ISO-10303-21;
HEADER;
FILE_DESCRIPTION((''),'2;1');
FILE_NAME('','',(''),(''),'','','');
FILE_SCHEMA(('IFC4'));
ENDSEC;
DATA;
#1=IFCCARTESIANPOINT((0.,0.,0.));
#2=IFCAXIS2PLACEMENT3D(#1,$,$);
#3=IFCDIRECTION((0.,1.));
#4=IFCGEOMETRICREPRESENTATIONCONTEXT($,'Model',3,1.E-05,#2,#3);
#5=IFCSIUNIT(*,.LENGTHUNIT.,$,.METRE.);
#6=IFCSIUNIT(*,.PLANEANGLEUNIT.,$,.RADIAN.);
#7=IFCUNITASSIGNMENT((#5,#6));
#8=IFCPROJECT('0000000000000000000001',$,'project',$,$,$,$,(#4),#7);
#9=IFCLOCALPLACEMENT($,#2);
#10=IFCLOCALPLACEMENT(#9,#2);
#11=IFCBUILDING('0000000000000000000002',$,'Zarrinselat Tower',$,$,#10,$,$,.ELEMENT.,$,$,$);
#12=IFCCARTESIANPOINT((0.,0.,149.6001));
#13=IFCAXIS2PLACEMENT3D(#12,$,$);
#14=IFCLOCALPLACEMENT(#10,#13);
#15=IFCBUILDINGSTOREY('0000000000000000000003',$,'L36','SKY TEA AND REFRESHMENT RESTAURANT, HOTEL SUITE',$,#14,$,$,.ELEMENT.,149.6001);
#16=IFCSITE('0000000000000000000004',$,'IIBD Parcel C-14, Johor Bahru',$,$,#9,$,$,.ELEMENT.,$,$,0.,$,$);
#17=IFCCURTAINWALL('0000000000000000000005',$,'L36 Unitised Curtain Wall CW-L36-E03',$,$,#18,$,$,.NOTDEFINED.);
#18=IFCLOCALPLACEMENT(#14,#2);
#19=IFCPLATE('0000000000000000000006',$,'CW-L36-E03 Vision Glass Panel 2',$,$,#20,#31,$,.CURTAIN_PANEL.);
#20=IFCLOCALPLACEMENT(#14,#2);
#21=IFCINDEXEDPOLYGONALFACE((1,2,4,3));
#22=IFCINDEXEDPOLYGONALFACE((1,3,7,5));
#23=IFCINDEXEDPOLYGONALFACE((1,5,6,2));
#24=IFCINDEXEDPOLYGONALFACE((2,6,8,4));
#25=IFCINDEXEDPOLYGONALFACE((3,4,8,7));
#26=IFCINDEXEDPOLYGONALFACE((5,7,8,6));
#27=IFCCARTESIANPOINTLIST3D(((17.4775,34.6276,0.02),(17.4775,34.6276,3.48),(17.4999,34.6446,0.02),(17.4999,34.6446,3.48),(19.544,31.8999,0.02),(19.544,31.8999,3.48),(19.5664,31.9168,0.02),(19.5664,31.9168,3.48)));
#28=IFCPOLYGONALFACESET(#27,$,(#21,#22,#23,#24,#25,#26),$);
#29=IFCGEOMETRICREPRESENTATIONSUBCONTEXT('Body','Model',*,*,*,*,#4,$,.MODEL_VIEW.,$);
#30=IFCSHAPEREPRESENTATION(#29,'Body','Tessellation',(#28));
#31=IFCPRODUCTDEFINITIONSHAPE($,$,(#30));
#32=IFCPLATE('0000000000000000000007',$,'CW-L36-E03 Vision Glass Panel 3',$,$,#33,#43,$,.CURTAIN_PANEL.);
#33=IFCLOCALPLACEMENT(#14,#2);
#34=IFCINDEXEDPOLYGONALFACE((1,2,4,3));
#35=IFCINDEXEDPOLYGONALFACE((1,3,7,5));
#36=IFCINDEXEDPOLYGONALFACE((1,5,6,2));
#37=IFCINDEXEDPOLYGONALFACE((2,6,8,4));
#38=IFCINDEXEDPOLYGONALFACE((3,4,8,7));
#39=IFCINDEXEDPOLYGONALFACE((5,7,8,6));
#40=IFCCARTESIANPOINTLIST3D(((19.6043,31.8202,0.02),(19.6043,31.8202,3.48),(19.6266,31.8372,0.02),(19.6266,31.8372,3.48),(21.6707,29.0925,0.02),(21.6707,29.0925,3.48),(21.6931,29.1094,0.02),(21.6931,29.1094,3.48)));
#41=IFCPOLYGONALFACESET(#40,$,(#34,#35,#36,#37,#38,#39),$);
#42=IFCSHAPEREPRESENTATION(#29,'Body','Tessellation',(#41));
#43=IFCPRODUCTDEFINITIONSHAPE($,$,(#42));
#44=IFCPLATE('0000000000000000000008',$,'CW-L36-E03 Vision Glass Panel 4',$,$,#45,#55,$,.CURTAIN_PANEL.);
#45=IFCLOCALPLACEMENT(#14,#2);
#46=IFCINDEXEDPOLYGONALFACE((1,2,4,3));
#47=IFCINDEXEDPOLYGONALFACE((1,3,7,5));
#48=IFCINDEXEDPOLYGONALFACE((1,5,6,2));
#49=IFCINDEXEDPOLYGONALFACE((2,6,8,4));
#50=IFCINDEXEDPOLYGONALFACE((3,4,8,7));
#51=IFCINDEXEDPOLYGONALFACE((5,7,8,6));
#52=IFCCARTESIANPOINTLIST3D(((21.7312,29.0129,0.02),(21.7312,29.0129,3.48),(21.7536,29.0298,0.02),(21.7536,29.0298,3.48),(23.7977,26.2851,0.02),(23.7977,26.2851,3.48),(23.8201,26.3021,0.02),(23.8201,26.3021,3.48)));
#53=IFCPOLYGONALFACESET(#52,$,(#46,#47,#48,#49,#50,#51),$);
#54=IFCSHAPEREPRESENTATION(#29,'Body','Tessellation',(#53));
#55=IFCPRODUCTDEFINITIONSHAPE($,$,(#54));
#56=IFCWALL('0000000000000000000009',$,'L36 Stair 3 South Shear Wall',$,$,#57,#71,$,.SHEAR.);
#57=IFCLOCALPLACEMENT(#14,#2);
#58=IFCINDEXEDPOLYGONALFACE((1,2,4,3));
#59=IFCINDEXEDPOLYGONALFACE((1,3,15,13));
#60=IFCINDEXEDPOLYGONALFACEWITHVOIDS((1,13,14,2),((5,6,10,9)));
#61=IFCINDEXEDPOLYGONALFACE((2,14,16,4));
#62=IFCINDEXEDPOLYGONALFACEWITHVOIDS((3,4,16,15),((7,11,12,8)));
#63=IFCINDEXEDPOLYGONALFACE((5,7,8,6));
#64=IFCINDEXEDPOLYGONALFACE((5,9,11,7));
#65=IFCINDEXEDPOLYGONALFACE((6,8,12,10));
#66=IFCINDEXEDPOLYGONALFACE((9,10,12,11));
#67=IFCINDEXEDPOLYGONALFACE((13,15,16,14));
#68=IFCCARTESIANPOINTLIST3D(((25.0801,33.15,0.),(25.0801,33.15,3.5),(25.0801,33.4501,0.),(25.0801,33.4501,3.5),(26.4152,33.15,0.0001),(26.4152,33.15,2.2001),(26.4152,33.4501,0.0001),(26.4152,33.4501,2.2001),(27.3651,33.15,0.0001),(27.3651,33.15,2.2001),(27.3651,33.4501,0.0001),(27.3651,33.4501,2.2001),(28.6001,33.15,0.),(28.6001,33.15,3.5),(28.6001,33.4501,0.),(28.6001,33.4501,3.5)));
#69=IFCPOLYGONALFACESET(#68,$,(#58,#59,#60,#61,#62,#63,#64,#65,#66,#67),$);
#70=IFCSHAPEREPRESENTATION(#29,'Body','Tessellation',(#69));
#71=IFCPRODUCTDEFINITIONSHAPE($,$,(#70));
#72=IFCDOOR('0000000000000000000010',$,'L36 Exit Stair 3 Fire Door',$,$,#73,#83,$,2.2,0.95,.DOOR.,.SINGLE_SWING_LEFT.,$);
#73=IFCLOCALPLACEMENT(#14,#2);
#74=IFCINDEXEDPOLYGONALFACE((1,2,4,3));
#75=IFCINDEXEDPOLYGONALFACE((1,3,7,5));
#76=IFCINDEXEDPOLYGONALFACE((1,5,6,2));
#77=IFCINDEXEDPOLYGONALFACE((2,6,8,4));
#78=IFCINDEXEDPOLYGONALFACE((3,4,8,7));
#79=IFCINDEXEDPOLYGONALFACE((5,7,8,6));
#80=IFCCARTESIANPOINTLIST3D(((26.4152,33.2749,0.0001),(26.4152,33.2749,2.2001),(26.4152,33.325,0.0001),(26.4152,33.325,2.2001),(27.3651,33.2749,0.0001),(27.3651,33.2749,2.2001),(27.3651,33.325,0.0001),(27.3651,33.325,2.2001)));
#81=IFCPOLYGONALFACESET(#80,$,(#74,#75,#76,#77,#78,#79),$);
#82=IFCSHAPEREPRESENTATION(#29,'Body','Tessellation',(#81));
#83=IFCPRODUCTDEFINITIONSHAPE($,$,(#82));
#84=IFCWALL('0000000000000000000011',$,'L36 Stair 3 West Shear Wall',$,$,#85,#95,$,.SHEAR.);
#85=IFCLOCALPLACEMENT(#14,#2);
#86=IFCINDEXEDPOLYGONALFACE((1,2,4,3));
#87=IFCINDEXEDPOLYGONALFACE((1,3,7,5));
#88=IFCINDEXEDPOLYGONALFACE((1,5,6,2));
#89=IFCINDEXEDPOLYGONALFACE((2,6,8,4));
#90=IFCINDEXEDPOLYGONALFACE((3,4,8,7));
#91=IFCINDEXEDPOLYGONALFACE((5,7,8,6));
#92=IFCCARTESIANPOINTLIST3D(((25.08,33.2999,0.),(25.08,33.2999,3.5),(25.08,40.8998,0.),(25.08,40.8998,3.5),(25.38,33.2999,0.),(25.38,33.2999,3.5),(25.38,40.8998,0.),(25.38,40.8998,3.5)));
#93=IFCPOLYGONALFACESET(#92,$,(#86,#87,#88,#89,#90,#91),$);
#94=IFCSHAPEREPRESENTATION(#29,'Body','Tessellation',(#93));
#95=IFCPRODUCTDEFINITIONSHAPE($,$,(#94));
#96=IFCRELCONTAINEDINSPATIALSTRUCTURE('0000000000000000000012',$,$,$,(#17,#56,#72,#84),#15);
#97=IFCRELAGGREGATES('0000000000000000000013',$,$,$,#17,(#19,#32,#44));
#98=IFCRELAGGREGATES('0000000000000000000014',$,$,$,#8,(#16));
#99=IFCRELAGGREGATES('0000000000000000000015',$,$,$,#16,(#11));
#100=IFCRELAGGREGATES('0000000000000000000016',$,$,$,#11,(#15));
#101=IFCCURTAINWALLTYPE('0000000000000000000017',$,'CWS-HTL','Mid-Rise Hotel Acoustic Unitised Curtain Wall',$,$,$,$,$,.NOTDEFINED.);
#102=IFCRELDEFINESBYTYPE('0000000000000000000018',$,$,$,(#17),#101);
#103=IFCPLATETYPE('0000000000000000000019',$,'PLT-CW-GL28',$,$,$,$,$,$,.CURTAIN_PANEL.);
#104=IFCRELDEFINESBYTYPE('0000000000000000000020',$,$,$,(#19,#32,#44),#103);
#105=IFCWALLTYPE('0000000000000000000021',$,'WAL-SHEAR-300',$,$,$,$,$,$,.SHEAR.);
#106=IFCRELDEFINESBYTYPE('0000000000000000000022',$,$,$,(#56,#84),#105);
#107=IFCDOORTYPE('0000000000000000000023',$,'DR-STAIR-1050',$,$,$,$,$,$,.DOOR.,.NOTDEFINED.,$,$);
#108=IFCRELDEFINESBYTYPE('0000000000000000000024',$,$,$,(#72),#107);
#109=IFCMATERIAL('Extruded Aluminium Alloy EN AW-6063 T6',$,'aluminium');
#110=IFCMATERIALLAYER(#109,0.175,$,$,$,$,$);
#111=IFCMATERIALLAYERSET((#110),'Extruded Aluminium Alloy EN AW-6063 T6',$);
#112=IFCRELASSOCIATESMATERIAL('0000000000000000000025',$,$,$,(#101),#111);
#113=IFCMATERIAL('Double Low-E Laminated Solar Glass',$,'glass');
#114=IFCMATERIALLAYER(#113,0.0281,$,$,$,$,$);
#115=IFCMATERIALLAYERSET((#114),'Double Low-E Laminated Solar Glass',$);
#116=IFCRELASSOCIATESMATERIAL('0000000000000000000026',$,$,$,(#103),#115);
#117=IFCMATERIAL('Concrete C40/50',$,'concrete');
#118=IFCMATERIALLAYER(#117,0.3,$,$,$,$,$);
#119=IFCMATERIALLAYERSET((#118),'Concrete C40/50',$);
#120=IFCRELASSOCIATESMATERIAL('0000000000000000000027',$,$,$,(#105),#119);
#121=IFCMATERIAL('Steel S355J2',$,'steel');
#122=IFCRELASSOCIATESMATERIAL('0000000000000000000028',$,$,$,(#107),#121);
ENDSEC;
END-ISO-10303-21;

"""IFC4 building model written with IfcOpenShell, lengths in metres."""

from ifc_helpers import new_model, si_unit, direction, frame, frame_2d, origin, origin_2d, place, context, subcontext, project, spatial, rectangle, extrude, material, layer, layer_set, type_object, element, fill, aggregate, save


model = new_model("IFC4")

# Units and contexts
model_context = context("Model", 3, precision=1e-05, world=origin(), true_north=direction((0.0, 1.0)))
body_context = subcontext(model_context, "Body", "Model", "MODEL_VIEW")
ifc_project = project(units=[si_unit("LENGTHUNIT", "METRE"), si_unit("PLANEANGLEUNIT", "RADIAN")], contexts=[model_context])

# Site, building, storey
site_placement = place(None, origin())
site = spatial("IfcSite", under=ifc_project, at=site_placement, Name="IIBD Parcel C-14, Johor Bahru", CompositionType="ELEMENT", RefElevation=0.0)
building_placement = place(site_placement, origin())
building = spatial("IfcBuilding", under=site, at=building_placement, Name="Zarrinselat Tower", CompositionType="ELEMENT")
storey_placement = place(building_placement, frame((0.0, 0.0, 149.6001)))
storey = spatial("IfcBuildingStorey", under=building, at=storey_placement, Name="L36", Description="SKY TEA AND REFRESHMENT RESTAURANT, HOTEL SUITE", CompositionType="ELEMENT", Elevation=149.6001)

# Curtain wall, plates
ifc_material_1 = material(Name="Extruded Aluminium Alloy EN AW-6063 T6", Category="aluminium")
ifc_layer_1 = layer(ifc_material_1, 0.175)
ifc_layer_set_1 = layer_set([ifc_layer_1], Name="Extruded Aluminium Alloy EN AW-6063 T6")
curtain_wall_type = type_object("IfcCurtainWallType", Name="CWS-HTL", Description="Mid-Rise Hotel Acoustic Unitised Curtain Wall", PredefinedType="NOTDEFINED", material=ifc_layer_set_1)
curtain_wall_placement = place(storey_placement, origin())
curtain_wall = element("IfcCurtainWall", 1, at=curtain_wall_placement, inside=storey, type_object=curtain_wall_type, Name="L36 Unitised Curtain Wall CW-L36-E03", PredefinedType="NOTDEFINED")
ifc_material_2 = material(Name="Double Low-E Laminated Solar Glass", Category="glass")
ifc_layer_2 = layer(ifc_material_2, 0.0281)
ifc_layer_set_2 = layer_set([ifc_layer_2], Name="Double Low-E Laminated Solar Glass")
plate_type = type_object("IfcPlateType", Name="PLT-CW-GL28", PredefinedType="CURTAIN_PANEL", material=ifc_layer_set_2)
plate_1_placement = place(storey_placement, frame((18.522, 33.2722, 0.02), z_axis=(0.0, 0.0, 1.0), x_axis=(0.603857, -0.797093, 0.0)))
plate_1 = element("IfcPlate", 2, at=plate_1_placement, type_object=plate_type, Name="CW-L36-E03 Vision Glass Panel 2", PredefinedType="CURTAIN_PANEL", context=body_context, shape_type="SweptSolid", body=[
    extrude(rectangle(XDim=3.4221, YDim=0.0281, at=origin_2d()), origin(), (0.0, 0.0, 1.0), 3.46),
])
plate_2_placement = place(storey_placement, frame((20.6487, 30.4648, 0.02), z_axis=(0.0, 0.0, 1.0), x_axis=(0.603857, -0.797093, 0.0)))
plate_2 = element("IfcPlate", 3, at=plate_2_placement, type_object=plate_type, Name="CW-L36-E03 Vision Glass Panel 3", PredefinedType="CURTAIN_PANEL", context=body_context, shape_type="SweptSolid", body=[
    extrude(rectangle(XDim=3.4221, YDim=0.0281, at=origin_2d()), origin(), (0.0, 0.0, 1.0), 3.46),
])
plate_3_placement = place(storey_placement, frame((22.7756, 27.6575, 0.02), z_axis=(0.0, 0.0, 1.0), x_axis=(0.603857, -0.797093, 0.0)))
plate_3 = element("IfcPlate", 4, at=plate_3_placement, type_object=plate_type, Name="CW-L36-E03 Vision Glass Panel 4", PredefinedType="CURTAIN_PANEL", context=body_context, shape_type="SweptSolid", body=[
    extrude(rectangle(XDim=3.4221, YDim=0.0281, at=origin_2d()), origin(), (0.0, 0.0, 1.0), 3.46),
])
aggregate(curtain_wall, [plate_1, plate_2, plate_3])

# Wall, opening, door
ifc_material_3 = material(Name="Concrete C40/50", Category="concrete")
ifc_layer_3 = layer(ifc_material_3, 0.3)
ifc_layer_set_3 = layer_set([ifc_layer_3], Name="Concrete C40/50")
wall_type = type_object("IfcWallType", Name="WAL-SHEAR-300", PredefinedType="SHEAR", material=ifc_layer_set_3)
wall_1_placement = place(storey_placement, frame((25.0801, 33.3, 0.0), z_axis=(0.0, 0.0, 1.0), x_axis=(1.0, 0.0, 0.0)))
wall_1 = element("IfcWall", 5, at=wall_1_placement, inside=storey, type_object=wall_type, Name="L36 Stair 3 South Shear Wall", PredefinedType="SHEAR", context=body_context, shape_type="SweptSolid", body=[
    extrude(rectangle(XDim=3.52, YDim=0.3, at=frame_2d((1.76, 0.0))), origin(), (0.0, 0.0, 1.0), 3.5),
])
opening_placement = place(wall_1_placement, frame((1.335, 0.0, 0.0)))
opening = element("IfcOpeningElement", 6, at=opening_placement, cuts=wall_1, PredefinedType="OPENING", context=body_context, shape_type="SweptSolid", body=[
    extrude(rectangle(XDim=0.95, YDim=2.2, at=frame_2d((0.4751, 1.1001))), frame((0.0, 0.1599, 0.0), z_axis=(0.0, -1.0, 0.0), x_axis=(1.0, 0.0, 0.0)), (0.0, 0.0, 1.0), 0.3201),
])
ifc_material_4 = material(Name="Steel S355J2", Category="steel")
door_type = type_object("IfcDoorType", Name="DR-STAIR-1050", OperationType="NOTDEFINED", PredefinedType="DOOR", material=ifc_material_4)
door_placement = place(opening_placement, origin())
door = element("IfcDoor", 7, at=door_placement, inside=storey, type_object=door_type, Name="L36 Exit Stair 3 Fire Door", OperationType="SINGLE_SWING_LEFT", OverallHeight=2.2, OverallWidth=0.95, PredefinedType="DOOR", context=body_context, shape_type="SweptSolid", body=[
    extrude(rectangle(XDim=0.95, YDim=2.2, at=frame_2d((0.4751, 1.1001))), frame((0.0, 0.0249, 0.0), z_axis=(0.0, -1.0, 0.0), x_axis=(1.0, 0.0, 0.0)), (0.0, 0.0, 1.0), 0.05),
])
fill(opening, door)

# Wall
wall_2_placement = place(storey_placement, frame((25.23, 33.3, 0.0), z_axis=(0.0, 0.0, 1.0), x_axis=(0.0, 1.0, 0.0)))
element("IfcWall", 8, at=wall_2_placement, inside=storey, type_object=wall_type, Name="L36 Stair 3 West Shear Wall", PredefinedType="SHEAR", context=body_context, shape_type="SweptSolid", body=[
    extrude(rectangle(XDim=7.5999, YDim=0.3, at=frame_2d((3.7998, 0.0))), origin(), (0.0, 0.0, 1.0), 3.5),
])

save(model, "model.ifc")
